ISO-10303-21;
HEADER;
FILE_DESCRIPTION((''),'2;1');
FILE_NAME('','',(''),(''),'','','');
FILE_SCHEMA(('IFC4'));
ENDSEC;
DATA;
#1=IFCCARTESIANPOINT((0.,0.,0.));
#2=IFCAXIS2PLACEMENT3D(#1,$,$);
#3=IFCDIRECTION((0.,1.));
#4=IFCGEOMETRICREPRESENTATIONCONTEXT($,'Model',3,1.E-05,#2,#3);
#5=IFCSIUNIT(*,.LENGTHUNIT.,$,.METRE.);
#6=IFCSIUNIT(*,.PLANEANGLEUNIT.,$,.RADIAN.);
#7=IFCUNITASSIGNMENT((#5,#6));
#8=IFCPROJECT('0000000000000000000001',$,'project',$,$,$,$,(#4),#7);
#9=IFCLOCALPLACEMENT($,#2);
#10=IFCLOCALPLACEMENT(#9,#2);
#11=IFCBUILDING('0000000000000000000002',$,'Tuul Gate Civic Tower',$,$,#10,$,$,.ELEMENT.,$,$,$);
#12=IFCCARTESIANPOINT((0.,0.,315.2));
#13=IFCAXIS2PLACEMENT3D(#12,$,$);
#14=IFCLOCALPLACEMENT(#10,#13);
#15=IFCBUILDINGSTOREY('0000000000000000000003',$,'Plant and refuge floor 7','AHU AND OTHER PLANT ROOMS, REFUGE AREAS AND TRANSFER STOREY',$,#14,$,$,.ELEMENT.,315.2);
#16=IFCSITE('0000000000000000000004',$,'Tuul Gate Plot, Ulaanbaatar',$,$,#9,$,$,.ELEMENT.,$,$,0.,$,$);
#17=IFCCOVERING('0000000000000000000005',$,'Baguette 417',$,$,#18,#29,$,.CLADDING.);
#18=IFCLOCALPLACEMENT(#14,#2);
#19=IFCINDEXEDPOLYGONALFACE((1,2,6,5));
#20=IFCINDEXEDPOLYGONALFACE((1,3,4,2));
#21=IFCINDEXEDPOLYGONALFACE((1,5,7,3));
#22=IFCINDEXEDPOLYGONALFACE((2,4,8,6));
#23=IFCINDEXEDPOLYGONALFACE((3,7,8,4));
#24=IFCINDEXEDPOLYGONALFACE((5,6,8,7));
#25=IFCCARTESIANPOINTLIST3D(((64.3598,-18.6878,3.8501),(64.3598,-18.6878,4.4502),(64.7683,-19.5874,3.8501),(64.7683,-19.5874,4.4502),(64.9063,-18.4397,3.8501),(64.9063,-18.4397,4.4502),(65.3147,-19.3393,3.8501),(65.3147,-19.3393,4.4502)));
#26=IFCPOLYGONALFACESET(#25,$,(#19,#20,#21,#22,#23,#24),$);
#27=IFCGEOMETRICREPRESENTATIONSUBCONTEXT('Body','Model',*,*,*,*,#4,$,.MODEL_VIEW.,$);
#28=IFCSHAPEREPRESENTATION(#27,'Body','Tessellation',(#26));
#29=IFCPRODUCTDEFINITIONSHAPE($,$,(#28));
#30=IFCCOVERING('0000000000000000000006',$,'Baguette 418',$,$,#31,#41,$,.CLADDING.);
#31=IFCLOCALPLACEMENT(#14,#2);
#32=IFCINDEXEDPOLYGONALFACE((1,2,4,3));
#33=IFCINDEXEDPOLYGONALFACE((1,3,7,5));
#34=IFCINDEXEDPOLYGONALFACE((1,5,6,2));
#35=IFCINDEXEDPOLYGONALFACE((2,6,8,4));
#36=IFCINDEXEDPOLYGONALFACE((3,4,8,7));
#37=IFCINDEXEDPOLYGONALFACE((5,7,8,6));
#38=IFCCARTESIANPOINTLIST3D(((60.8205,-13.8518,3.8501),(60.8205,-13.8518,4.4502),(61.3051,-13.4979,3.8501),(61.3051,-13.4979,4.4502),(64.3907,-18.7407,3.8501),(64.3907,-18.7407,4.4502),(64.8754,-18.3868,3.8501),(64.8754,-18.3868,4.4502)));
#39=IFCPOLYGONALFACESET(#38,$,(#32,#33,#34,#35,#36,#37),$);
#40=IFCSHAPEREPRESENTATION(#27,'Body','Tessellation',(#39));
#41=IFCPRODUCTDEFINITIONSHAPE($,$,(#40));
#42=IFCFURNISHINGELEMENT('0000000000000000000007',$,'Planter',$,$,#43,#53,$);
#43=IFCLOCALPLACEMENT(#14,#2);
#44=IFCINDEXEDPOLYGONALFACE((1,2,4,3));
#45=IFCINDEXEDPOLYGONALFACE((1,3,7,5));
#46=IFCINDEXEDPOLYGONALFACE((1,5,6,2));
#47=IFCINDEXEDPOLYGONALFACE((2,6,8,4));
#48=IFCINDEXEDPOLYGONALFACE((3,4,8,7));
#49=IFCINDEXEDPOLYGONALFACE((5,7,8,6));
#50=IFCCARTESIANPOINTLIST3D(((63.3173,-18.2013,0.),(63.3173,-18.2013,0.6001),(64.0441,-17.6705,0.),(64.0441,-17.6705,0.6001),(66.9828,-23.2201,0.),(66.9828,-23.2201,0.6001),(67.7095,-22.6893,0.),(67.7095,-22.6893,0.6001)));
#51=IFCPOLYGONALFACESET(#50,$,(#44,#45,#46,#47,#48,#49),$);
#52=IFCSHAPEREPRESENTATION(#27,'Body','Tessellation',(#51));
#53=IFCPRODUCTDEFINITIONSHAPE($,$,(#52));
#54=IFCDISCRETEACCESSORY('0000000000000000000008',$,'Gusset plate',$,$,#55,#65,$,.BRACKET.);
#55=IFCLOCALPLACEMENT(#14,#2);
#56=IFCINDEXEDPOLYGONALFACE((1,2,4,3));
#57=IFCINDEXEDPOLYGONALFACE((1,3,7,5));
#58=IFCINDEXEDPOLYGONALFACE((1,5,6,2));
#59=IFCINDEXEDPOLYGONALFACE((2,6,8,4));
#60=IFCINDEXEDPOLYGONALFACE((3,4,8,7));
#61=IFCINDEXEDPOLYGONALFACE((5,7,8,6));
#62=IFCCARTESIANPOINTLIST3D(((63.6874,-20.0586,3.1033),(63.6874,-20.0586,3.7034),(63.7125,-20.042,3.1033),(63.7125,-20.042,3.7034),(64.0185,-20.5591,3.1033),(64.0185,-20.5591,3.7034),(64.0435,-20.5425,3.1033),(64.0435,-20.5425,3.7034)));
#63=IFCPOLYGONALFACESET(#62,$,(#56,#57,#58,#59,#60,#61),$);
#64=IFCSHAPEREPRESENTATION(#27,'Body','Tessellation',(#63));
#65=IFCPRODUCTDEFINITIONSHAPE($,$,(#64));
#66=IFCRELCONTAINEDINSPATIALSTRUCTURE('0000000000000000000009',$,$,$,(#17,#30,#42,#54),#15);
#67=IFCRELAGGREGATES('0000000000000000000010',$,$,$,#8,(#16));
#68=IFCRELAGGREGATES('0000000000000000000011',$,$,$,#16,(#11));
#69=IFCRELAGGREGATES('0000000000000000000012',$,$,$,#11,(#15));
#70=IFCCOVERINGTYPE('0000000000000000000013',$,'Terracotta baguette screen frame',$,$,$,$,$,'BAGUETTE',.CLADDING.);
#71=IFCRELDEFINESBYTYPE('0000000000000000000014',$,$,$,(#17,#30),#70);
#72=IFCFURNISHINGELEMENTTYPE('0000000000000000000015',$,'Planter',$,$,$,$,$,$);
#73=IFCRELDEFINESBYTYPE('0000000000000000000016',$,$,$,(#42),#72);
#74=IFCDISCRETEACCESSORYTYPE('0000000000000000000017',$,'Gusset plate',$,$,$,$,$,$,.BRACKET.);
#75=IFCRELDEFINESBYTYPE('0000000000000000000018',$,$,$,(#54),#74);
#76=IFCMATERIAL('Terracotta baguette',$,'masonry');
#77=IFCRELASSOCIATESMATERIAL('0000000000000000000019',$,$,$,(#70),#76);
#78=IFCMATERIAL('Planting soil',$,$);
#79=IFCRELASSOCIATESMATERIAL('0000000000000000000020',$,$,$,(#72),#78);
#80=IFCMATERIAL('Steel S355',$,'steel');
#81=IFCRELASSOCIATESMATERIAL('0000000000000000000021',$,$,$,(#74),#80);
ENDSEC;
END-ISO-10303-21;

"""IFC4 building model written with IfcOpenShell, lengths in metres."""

from ifc_helpers import new_model, si_unit, direction, frame, origin, origin_2d, place, context, subcontext, project, spatial, rectangle, extrude, material, material_profile, profile_set, type_object, element, save


model = new_model("IFC4")

# Units and contexts
model_context = context("Model", 3, precision=1e-05, world=origin(), true_north=direction((0.0, 1.0)))
body_context = subcontext(model_context, "Body", "Model", "MODEL_VIEW")
ifc_project = project(units=[si_unit("LENGTHUNIT", "METRE"), si_unit("PLANEANGLEUNIT", "RADIAN")], contexts=[model_context])

# Site, building, storey
site_placement = place(None, origin())
site = spatial("IfcSite", under=ifc_project, at=site_placement, Name="Tuul Gate Plot, Ulaanbaatar", CompositionType="ELEMENT", RefElevation=0.0)
building_placement = place(site_placement, origin())
building = spatial("IfcBuilding", under=site, at=building_placement, Name="Tuul Gate Civic Tower", CompositionType="ELEMENT")
storey_placement = place(building_placement, frame((0.0, 0.0, 315.2)))
storey = spatial("IfcBuildingStorey", under=building, at=storey_placement, Name="Plant and refuge floor 7", Description="AHU AND OTHER PLANT ROOMS, REFUGE AREAS AND TRANSFER STOREY", CompositionType="ELEMENT", Elevation=315.2)

# Coverings
ifc_material_1 = material(Name="Terracotta baguette", Category="masonry")
ifc_material_profile_1 = material_profile(ifc_material_1, rectangle(XDim=0.6001, YDim=0.6001, at=origin_2d()), Name="Terracotta baguette screen frame")
ifc_profile_set_1 = profile_set([ifc_material_profile_1], Name="Terracotta baguette")
covering_type = type_object("IfcCoveringType", Name="Terracotta baguette screen frame", ElementType="BAGUETTE", PredefinedType="CLADDING", material=ifc_profile_set_1)
covering_1_placement = place(storey_placement, frame((65.0415, -19.4634, 4.1501), z_axis=(-0.413393, 0.910553, 0.0), x_axis=(-0.910553, -0.413393, 0.0)))
element("IfcCovering", 1, at=covering_1_placement, inside=storey, type_object=covering_type, Name="Baguette 417", PredefinedType="CLADDING", context=body_context, shape_type="SweptSolid", body=[
    extrude(rectangle(XDim=0.6001, YDim=0.6001, at=origin_2d()), origin(), (0.0, 0.0, 1.0), 0.988),
])
covering_2_placement = place(storey_placement, frame((64.6331, -18.5637, 4.1501), z_axis=(-0.589763, 0.807577, 0.0), x_axis=(-0.807577, -0.589763, 0.0)))
element("IfcCovering", 2, at=covering_2_placement, inside=storey, type_object=covering_type, Name="Baguette 418", PredefinedType="CLADDING", context=body_context, shape_type="SweptSolid", body=[
    extrude(rectangle(XDim=0.6001, YDim=0.6001, at=origin_2d()), origin(), (0.0, 0.0, 1.0), 6.0537),
])

# Furnishing element
ifc_material_2 = material(Name="Planting soil")
furnishing_element_type = type_object("IfcFurnishingElementType", Name="Planter", material=ifc_material_2)
furnishing_placement = place(storey_placement, frame((65.5134, -20.4453, 0.0), z_axis=(0.0, 0.0, 1.0), x_axis=(-0.589792, 0.807555, 0.0)))
element("IfcFurnishingElement", 3, at=furnishing_placement, inside=storey, type_object=furnishing_element_type, Name="Planter", context=body_context, shape_type="SweptSolid", body=[
    extrude(rectangle(XDim=6.2148, YDim=0.8999, at=origin_2d()), origin(), (0.0, 0.0, 1.0), 0.6001),
])

# Discrete accessory
ifc_material_3 = material(Name="Steel S355", Category="steel")
discrete_accessory_type = type_object("IfcDiscreteAccessoryType", Name="Gusset plate", PredefinedType="BRACKET", material=ifc_material_3)
discrete_accessory_placement = place(storey_placement, frame((63.8655, -20.3005, 3.1033), z_axis=(0.0, 0.0, 1.0), x_axis=(-0.551645, 0.834079, 0.0)))
element("IfcDiscreteAccessory", 4, at=discrete_accessory_placement, inside=storey, type_object=discrete_accessory_type, Name="Gusset plate", PredefinedType="BRACKET", context=body_context, shape_type="SweptSolid", body=[
    extrude(rectangle(XDim=0.6001, YDim=0.03, at=origin_2d()), origin(), (0.0, 0.0, 1.0), 0.6001),
])

save(model, "model.ifc")
